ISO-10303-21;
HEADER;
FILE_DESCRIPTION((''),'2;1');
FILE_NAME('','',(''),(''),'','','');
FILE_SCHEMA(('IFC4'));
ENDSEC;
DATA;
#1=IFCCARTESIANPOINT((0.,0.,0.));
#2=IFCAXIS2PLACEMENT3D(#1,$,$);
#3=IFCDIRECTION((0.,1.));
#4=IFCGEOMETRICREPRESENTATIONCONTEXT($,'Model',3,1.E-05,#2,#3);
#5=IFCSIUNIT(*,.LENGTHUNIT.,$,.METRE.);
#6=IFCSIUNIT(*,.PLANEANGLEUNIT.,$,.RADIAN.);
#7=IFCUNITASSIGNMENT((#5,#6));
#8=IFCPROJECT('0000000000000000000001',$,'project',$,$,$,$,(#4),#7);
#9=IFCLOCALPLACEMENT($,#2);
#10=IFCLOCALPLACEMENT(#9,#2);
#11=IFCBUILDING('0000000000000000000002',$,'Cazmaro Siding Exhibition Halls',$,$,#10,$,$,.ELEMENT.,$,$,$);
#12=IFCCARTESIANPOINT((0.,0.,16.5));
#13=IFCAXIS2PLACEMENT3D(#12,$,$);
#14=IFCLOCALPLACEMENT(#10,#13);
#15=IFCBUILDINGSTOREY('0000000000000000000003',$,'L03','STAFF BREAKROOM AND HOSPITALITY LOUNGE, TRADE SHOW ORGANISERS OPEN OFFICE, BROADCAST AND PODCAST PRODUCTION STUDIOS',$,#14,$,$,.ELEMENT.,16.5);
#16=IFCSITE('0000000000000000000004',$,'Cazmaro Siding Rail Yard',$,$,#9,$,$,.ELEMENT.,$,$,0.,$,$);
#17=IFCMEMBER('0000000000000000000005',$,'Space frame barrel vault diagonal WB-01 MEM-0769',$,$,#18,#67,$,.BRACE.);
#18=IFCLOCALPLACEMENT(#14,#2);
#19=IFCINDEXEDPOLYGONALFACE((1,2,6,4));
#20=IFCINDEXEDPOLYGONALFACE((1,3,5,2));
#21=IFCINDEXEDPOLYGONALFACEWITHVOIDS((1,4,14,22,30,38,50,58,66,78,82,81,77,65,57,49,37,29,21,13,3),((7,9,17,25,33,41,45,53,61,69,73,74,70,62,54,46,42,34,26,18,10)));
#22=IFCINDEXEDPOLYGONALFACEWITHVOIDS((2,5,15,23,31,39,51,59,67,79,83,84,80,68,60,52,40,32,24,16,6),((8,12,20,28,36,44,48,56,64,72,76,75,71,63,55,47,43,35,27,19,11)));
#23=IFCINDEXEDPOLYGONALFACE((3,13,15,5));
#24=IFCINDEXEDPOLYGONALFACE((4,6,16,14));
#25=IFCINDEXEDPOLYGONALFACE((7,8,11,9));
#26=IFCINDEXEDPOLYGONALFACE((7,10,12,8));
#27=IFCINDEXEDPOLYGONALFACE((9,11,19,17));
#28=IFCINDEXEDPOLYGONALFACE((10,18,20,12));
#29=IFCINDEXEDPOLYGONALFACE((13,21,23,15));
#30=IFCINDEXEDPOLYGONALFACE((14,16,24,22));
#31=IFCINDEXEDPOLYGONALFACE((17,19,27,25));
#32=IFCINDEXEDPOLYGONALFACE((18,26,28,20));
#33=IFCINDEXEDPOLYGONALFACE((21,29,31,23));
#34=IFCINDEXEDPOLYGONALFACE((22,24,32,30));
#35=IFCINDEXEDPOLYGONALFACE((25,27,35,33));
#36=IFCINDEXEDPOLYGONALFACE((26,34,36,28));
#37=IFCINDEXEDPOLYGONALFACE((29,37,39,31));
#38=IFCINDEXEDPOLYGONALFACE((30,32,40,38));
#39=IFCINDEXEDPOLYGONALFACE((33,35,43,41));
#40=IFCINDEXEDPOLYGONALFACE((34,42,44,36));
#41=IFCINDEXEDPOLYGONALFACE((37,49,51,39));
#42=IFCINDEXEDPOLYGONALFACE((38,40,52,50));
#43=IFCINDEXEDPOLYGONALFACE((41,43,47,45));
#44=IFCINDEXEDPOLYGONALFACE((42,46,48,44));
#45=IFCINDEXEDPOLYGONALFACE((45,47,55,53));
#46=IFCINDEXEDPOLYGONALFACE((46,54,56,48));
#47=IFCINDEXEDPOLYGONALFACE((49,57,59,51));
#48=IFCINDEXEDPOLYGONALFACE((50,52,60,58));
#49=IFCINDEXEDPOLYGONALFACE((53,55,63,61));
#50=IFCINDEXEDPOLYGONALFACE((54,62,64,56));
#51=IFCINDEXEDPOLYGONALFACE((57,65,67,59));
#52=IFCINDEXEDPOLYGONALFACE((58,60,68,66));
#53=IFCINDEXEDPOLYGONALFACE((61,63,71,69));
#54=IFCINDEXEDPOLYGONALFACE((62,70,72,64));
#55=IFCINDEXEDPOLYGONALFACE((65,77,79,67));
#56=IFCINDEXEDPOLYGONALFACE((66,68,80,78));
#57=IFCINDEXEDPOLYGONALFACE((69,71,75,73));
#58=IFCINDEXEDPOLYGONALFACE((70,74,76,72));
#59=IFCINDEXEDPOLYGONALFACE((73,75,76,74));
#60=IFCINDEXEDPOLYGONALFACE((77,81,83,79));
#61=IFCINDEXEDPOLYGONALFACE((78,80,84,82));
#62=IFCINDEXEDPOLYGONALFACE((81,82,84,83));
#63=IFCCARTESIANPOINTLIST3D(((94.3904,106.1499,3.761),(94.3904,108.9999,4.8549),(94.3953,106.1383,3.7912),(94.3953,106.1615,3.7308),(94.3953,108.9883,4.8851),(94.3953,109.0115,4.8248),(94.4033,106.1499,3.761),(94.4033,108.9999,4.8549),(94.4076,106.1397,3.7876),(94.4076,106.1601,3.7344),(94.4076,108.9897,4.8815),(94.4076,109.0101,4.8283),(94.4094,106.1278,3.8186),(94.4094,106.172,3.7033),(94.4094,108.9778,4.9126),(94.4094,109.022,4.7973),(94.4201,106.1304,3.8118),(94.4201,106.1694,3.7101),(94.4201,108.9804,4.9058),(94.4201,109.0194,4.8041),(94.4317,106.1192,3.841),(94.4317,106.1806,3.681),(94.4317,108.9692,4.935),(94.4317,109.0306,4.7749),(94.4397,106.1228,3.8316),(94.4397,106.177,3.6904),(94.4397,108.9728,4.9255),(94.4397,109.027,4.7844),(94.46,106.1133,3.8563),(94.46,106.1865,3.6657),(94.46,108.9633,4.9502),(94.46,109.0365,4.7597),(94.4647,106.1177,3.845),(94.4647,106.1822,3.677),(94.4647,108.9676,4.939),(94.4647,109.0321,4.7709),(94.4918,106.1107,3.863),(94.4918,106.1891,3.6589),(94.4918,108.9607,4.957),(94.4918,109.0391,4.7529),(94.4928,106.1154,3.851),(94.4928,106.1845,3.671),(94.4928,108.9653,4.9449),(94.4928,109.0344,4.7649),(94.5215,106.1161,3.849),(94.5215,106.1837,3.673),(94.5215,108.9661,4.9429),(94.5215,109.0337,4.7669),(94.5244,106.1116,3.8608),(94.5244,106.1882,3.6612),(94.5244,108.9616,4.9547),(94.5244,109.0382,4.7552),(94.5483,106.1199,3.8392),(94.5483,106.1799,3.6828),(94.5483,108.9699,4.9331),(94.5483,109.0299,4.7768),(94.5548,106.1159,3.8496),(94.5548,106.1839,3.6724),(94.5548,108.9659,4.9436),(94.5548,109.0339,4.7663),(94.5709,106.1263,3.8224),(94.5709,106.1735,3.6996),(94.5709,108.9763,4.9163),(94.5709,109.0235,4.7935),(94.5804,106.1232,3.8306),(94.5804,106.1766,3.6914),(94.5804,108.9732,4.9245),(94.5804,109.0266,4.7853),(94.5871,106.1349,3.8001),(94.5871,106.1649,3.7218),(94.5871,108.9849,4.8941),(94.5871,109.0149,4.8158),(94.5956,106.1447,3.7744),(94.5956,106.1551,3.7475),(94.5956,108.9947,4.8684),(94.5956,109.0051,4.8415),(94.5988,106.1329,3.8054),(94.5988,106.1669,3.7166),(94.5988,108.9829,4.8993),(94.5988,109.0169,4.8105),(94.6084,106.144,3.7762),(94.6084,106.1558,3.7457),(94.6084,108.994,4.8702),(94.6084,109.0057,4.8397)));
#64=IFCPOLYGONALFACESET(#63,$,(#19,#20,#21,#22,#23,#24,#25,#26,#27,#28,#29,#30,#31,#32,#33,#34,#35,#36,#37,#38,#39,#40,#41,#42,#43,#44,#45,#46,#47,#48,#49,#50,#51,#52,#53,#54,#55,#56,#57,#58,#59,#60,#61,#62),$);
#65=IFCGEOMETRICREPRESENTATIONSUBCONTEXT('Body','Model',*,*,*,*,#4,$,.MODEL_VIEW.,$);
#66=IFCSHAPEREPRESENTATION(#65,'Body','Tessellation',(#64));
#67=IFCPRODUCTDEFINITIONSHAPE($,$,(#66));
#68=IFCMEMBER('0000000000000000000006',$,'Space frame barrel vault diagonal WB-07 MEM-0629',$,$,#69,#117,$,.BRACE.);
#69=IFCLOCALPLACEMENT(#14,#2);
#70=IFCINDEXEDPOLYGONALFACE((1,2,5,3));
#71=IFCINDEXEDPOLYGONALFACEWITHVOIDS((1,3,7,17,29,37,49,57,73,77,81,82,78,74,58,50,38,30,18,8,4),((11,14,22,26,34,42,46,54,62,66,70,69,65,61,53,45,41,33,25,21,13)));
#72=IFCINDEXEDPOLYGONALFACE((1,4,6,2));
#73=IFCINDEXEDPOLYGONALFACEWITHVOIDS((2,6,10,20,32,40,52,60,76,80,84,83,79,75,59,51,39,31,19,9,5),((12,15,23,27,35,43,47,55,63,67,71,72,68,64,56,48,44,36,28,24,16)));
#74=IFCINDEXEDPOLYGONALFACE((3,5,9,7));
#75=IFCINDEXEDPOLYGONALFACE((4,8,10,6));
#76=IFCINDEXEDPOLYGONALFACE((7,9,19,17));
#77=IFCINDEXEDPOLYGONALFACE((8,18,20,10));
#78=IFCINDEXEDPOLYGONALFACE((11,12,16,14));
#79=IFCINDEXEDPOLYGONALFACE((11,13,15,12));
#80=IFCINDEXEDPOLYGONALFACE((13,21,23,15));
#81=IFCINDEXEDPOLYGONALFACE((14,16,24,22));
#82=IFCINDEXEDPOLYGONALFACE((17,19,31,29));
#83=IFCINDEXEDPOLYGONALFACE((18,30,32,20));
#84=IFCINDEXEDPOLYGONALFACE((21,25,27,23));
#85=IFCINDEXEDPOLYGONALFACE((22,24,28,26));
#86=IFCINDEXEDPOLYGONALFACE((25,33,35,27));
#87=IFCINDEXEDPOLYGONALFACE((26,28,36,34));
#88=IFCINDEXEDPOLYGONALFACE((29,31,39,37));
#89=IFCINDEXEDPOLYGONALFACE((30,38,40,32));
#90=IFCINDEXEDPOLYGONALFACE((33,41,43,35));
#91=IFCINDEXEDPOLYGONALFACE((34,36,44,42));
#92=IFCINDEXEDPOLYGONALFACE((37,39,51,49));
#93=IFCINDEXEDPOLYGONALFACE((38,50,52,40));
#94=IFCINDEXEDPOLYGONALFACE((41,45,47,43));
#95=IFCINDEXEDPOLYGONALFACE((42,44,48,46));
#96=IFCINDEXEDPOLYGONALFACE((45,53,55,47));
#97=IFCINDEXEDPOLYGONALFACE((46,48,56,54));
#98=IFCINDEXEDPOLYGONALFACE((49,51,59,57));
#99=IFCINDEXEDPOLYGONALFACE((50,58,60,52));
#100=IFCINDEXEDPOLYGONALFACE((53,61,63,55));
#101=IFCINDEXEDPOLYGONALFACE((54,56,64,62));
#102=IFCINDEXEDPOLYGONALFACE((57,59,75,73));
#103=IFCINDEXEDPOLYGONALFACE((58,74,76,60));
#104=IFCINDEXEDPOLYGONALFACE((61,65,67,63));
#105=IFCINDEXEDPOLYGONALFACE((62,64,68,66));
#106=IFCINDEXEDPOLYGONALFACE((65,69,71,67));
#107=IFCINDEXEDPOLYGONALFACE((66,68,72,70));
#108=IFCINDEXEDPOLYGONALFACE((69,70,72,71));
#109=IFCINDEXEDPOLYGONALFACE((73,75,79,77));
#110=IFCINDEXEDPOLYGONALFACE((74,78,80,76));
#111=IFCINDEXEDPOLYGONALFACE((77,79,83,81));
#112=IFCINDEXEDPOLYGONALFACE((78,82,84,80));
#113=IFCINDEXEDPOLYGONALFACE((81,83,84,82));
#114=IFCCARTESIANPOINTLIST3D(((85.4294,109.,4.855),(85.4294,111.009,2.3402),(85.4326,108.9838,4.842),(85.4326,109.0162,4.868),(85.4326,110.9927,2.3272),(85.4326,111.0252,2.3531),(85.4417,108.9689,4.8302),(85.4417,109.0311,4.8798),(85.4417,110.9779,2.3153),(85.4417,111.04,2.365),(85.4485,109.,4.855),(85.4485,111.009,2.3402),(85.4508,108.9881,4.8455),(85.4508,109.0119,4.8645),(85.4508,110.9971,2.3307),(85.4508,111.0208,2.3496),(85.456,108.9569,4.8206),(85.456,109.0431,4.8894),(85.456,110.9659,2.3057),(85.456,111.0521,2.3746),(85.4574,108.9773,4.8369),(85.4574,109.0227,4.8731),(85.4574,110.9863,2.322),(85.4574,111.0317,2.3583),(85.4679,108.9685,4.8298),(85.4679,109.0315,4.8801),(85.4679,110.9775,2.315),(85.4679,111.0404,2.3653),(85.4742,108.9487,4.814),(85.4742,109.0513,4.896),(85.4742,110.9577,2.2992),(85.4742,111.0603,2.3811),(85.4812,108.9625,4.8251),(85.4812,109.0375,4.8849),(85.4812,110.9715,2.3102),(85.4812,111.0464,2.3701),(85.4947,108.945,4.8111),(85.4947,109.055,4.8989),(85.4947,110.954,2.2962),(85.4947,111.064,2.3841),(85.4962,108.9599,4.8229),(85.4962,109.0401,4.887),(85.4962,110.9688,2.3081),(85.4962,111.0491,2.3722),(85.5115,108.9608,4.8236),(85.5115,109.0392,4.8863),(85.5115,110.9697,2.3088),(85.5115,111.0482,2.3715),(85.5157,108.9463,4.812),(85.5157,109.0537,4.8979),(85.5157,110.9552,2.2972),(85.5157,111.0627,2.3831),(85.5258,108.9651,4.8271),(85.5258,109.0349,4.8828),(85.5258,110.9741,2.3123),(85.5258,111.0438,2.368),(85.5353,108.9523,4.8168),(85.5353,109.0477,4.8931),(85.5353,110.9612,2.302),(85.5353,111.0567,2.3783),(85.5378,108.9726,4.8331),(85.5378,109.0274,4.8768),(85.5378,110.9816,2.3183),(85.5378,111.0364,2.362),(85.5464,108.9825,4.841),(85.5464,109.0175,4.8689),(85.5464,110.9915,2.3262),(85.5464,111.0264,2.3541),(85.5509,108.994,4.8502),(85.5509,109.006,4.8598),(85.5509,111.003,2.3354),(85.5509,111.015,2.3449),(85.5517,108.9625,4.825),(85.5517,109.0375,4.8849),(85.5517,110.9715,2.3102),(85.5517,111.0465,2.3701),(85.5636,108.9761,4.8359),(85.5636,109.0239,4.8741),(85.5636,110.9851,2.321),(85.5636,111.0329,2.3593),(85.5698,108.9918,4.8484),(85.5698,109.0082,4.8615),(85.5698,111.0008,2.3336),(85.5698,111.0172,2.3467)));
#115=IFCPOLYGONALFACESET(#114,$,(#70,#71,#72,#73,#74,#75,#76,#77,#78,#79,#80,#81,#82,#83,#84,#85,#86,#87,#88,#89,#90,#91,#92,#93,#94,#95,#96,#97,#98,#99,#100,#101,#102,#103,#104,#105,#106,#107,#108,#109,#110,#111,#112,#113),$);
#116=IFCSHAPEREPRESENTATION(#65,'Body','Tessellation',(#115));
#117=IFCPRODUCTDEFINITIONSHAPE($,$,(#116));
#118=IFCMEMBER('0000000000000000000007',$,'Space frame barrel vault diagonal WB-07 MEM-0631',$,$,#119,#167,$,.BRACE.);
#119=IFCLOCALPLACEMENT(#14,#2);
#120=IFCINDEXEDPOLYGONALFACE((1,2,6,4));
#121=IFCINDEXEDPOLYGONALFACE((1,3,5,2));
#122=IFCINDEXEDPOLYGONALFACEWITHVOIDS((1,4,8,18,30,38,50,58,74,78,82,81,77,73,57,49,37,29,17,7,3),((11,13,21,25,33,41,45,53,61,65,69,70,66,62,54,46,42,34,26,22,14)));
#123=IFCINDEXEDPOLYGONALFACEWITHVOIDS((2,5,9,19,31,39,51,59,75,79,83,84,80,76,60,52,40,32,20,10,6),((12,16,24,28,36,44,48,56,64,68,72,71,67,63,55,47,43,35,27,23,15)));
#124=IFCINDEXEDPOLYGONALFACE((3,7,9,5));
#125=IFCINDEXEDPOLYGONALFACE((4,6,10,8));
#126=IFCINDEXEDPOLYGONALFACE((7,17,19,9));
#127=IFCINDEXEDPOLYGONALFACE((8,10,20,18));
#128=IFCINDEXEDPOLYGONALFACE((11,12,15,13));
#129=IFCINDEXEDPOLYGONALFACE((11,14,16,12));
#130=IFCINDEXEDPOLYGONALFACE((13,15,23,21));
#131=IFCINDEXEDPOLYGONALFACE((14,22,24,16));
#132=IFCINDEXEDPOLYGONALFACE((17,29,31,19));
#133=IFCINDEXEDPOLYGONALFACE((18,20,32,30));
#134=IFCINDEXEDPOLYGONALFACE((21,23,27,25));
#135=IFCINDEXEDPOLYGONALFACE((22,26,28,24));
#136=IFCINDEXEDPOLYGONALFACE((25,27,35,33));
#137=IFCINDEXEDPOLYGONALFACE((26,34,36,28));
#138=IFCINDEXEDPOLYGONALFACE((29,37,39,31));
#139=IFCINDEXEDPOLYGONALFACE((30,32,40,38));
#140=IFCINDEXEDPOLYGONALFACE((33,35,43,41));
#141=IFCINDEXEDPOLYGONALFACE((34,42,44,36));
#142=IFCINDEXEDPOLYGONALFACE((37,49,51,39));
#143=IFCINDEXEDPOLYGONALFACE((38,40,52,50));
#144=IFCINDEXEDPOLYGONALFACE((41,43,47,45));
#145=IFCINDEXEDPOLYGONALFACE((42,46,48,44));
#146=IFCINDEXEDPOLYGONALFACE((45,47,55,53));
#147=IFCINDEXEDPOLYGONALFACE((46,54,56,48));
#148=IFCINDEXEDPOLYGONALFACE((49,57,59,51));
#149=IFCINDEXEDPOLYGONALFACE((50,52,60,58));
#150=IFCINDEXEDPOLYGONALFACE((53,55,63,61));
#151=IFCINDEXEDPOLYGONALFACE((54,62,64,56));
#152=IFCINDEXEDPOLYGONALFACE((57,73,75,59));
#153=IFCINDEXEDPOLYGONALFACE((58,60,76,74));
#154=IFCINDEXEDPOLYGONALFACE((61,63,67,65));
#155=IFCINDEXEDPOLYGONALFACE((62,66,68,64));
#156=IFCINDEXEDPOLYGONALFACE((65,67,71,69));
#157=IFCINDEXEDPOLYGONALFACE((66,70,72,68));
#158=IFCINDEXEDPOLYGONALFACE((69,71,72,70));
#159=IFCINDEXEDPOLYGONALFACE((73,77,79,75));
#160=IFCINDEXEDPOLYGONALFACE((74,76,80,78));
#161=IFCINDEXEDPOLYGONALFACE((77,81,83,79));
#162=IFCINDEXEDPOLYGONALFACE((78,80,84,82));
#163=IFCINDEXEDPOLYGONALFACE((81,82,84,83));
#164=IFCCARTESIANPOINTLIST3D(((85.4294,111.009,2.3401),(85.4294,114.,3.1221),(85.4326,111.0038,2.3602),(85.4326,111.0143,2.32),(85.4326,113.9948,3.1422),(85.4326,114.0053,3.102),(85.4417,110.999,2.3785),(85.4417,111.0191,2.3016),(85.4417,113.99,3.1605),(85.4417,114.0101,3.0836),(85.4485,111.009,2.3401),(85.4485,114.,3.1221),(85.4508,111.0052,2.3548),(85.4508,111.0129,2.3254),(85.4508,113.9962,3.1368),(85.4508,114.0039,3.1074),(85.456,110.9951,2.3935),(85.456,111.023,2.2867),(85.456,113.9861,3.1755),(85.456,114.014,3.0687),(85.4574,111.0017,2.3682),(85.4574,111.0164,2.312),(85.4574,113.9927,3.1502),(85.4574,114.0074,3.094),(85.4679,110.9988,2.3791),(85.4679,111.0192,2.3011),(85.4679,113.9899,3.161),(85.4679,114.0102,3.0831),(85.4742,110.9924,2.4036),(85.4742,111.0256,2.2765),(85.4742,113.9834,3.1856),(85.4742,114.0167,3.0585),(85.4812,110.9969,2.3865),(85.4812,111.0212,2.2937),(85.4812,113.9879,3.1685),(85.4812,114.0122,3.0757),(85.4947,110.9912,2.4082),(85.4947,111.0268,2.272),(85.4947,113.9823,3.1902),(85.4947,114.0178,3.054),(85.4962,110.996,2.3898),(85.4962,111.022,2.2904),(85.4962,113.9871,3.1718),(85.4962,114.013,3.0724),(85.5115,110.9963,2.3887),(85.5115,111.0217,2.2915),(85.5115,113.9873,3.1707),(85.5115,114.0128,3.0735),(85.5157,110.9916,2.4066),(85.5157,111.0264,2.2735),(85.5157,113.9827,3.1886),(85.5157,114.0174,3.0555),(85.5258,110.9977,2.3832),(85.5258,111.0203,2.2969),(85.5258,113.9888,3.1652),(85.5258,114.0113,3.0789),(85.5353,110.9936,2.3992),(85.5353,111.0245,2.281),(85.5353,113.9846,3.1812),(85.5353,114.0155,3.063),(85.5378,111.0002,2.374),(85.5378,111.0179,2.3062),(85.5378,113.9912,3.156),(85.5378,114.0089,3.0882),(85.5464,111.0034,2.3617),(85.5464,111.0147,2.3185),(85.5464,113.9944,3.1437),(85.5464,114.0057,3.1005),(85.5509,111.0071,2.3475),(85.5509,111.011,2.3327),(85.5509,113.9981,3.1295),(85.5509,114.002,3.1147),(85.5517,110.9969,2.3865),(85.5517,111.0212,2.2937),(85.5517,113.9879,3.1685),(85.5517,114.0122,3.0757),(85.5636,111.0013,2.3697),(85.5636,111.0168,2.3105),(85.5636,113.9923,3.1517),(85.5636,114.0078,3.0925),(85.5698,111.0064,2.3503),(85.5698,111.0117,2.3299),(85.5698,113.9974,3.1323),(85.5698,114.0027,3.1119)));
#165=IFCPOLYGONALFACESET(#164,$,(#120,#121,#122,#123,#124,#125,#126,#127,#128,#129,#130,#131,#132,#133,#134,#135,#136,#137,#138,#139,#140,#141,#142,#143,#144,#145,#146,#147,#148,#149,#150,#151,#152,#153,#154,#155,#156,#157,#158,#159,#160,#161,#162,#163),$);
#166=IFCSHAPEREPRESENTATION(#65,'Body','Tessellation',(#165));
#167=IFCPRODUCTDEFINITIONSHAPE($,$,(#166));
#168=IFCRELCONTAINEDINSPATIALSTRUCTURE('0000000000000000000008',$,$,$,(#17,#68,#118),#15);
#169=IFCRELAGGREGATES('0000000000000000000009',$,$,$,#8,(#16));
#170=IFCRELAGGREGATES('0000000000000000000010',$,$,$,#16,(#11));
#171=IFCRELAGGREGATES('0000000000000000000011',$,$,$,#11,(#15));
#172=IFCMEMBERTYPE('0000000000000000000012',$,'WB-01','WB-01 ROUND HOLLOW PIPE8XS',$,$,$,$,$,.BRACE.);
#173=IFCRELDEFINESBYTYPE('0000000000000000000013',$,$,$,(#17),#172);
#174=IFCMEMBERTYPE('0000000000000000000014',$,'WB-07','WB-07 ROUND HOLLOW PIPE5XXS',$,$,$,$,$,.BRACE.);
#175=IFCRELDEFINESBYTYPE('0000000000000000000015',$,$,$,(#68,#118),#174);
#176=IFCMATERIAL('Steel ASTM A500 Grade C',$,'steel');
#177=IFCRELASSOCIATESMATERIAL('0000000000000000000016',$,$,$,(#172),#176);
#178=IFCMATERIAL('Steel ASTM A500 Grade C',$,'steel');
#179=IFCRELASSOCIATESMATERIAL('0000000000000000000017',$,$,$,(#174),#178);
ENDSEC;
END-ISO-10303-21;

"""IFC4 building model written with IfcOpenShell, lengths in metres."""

from ifc_helpers import new_model, si_unit, direction, frame, origin, origin_2d, place, context, subcontext, project, spatial, hollow_circle, extrude, material, material_profile, profile_set, type_object, element, save


model = new_model("IFC4")

# Units and contexts
model_context = context("Model", 3, precision=1e-05, world=origin(), true_north=direction((0.0, 1.0)))
body_context = subcontext(model_context, "Body", "Model", "MODEL_VIEW")
ifc_project = project(units=[si_unit("LENGTHUNIT", "METRE"), si_unit("PLANEANGLEUNIT", "RADIAN")], contexts=[model_context])

# Site, building, storey
site_placement = place(None, origin())
site = spatial("IfcSite", under=ifc_project, at=site_placement, Name="Cazmaro Siding Rail Yard", CompositionType="ELEMENT", RefElevation=0.0)
building_placement = place(site_placement, origin())
building = spatial("IfcBuilding", under=site, at=building_placement, Name="Cazmaro Siding Exhibition Halls", CompositionType="ELEMENT")
storey_placement = place(building_placement, frame((0.0, 0.0, 16.5)))
storey = spatial("IfcBuildingStorey", under=building, at=storey_placement, Name="L03", Description="STAFF BREAKROOM AND HOSPITALITY LOUNGE, TRADE SHOW ORGANISERS OPEN OFFICE, BROADCAST AND PODCAST PRODUCTION STUDIOS", CompositionType="ELEMENT", Elevation=16.5)

# Members
ifc_material_1 = material(Name="Steel ASTM A500 Grade C", Category="steel")
ifc_material_profile_1 = material_profile(ifc_material_1, hollow_circle(Radius=0.1096, WallThickness=0.0129, at=origin_2d()), Name="PIPE8XS")
ifc_profile_set_1 = profile_set([ifc_material_profile_1], Name="Steel ASTM A500 Grade C")
member_type_1 = type_object("IfcMemberType", Name="WB-01", Description="WB-01 ROUND HOLLOW PIPE8XS", PredefinedType="BRACE", material=ifc_profile_set_1)
member_1_placement = place(storey_placement, frame((94.5, 106.1499, 3.761), z_axis=(0.0, 0.933587, 0.358352), x_axis=(-1.0, 0.0, 0.0)))
element("IfcMember", 1, at=member_1_placement, inside=storey, type_object=member_type_1, Name="Space frame barrel vault diagonal WB-01 MEM-0769", PredefinedType="BRACE", context=body_context, shape_type="SweptSolid", body=[
    extrude(hollow_circle(Radius=0.1096, WallThickness=0.0129, at=origin_2d()), origin(), (0.0, 0.0, 1.0), 3.0527),
])
ifc_material_2 = material(Name="Steel ASTM A500 Grade C", Category="steel")
ifc_material_profile_2 = material_profile(ifc_material_2, hollow_circle(Radius=0.0706, WallThickness=0.019, at=origin_2d()), Name="PIPE5XXS")
ifc_profile_set_2 = profile_set([ifc_material_profile_2], Name="Steel ASTM A500 Grade C")
member_type_2 = type_object("IfcMemberType", Name="WB-07", Description="WB-07 ROUND HOLLOW PIPE5XXS", PredefinedType="BRACE", material=ifc_profile_set_2)
member_2_placement = place(storey_placement, frame((85.5, 109.0, 4.855), z_axis=(0.0, 0.624149, -0.781305), x_axis=(-1.0, 0.0, 0.0)))
element("IfcMember", 2, at=member_2_placement, inside=storey, type_object=member_type_2, Name="Space frame barrel vault diagonal WB-07 MEM-0629", PredefinedType="BRACE", context=body_context, shape_type="SweptSolid", body=[
    extrude(hollow_circle(Radius=0.0706, WallThickness=0.019, at=origin_2d()), origin(), (0.0, 0.0, 1.0), 3.2188),
])
member_3_placement = place(storey_placement, frame((85.5, 111.009, 2.3401), z_axis=(0.0, 0.96748, 0.252946), x_axis=(-1.0, 0.0, 0.0)))
element("IfcMember", 3, at=member_3_placement, inside=storey, type_object=member_type_2, Name="Space frame barrel vault diagonal WB-07 MEM-0631", PredefinedType="BRACE", context=body_context, shape_type="SweptSolid", body=[
    extrude(hollow_circle(Radius=0.0706, WallThickness=0.019, at=origin_2d()), origin(), (0.0, 0.0, 1.0), 3.0916),
])

save(model, "model.ifc")
